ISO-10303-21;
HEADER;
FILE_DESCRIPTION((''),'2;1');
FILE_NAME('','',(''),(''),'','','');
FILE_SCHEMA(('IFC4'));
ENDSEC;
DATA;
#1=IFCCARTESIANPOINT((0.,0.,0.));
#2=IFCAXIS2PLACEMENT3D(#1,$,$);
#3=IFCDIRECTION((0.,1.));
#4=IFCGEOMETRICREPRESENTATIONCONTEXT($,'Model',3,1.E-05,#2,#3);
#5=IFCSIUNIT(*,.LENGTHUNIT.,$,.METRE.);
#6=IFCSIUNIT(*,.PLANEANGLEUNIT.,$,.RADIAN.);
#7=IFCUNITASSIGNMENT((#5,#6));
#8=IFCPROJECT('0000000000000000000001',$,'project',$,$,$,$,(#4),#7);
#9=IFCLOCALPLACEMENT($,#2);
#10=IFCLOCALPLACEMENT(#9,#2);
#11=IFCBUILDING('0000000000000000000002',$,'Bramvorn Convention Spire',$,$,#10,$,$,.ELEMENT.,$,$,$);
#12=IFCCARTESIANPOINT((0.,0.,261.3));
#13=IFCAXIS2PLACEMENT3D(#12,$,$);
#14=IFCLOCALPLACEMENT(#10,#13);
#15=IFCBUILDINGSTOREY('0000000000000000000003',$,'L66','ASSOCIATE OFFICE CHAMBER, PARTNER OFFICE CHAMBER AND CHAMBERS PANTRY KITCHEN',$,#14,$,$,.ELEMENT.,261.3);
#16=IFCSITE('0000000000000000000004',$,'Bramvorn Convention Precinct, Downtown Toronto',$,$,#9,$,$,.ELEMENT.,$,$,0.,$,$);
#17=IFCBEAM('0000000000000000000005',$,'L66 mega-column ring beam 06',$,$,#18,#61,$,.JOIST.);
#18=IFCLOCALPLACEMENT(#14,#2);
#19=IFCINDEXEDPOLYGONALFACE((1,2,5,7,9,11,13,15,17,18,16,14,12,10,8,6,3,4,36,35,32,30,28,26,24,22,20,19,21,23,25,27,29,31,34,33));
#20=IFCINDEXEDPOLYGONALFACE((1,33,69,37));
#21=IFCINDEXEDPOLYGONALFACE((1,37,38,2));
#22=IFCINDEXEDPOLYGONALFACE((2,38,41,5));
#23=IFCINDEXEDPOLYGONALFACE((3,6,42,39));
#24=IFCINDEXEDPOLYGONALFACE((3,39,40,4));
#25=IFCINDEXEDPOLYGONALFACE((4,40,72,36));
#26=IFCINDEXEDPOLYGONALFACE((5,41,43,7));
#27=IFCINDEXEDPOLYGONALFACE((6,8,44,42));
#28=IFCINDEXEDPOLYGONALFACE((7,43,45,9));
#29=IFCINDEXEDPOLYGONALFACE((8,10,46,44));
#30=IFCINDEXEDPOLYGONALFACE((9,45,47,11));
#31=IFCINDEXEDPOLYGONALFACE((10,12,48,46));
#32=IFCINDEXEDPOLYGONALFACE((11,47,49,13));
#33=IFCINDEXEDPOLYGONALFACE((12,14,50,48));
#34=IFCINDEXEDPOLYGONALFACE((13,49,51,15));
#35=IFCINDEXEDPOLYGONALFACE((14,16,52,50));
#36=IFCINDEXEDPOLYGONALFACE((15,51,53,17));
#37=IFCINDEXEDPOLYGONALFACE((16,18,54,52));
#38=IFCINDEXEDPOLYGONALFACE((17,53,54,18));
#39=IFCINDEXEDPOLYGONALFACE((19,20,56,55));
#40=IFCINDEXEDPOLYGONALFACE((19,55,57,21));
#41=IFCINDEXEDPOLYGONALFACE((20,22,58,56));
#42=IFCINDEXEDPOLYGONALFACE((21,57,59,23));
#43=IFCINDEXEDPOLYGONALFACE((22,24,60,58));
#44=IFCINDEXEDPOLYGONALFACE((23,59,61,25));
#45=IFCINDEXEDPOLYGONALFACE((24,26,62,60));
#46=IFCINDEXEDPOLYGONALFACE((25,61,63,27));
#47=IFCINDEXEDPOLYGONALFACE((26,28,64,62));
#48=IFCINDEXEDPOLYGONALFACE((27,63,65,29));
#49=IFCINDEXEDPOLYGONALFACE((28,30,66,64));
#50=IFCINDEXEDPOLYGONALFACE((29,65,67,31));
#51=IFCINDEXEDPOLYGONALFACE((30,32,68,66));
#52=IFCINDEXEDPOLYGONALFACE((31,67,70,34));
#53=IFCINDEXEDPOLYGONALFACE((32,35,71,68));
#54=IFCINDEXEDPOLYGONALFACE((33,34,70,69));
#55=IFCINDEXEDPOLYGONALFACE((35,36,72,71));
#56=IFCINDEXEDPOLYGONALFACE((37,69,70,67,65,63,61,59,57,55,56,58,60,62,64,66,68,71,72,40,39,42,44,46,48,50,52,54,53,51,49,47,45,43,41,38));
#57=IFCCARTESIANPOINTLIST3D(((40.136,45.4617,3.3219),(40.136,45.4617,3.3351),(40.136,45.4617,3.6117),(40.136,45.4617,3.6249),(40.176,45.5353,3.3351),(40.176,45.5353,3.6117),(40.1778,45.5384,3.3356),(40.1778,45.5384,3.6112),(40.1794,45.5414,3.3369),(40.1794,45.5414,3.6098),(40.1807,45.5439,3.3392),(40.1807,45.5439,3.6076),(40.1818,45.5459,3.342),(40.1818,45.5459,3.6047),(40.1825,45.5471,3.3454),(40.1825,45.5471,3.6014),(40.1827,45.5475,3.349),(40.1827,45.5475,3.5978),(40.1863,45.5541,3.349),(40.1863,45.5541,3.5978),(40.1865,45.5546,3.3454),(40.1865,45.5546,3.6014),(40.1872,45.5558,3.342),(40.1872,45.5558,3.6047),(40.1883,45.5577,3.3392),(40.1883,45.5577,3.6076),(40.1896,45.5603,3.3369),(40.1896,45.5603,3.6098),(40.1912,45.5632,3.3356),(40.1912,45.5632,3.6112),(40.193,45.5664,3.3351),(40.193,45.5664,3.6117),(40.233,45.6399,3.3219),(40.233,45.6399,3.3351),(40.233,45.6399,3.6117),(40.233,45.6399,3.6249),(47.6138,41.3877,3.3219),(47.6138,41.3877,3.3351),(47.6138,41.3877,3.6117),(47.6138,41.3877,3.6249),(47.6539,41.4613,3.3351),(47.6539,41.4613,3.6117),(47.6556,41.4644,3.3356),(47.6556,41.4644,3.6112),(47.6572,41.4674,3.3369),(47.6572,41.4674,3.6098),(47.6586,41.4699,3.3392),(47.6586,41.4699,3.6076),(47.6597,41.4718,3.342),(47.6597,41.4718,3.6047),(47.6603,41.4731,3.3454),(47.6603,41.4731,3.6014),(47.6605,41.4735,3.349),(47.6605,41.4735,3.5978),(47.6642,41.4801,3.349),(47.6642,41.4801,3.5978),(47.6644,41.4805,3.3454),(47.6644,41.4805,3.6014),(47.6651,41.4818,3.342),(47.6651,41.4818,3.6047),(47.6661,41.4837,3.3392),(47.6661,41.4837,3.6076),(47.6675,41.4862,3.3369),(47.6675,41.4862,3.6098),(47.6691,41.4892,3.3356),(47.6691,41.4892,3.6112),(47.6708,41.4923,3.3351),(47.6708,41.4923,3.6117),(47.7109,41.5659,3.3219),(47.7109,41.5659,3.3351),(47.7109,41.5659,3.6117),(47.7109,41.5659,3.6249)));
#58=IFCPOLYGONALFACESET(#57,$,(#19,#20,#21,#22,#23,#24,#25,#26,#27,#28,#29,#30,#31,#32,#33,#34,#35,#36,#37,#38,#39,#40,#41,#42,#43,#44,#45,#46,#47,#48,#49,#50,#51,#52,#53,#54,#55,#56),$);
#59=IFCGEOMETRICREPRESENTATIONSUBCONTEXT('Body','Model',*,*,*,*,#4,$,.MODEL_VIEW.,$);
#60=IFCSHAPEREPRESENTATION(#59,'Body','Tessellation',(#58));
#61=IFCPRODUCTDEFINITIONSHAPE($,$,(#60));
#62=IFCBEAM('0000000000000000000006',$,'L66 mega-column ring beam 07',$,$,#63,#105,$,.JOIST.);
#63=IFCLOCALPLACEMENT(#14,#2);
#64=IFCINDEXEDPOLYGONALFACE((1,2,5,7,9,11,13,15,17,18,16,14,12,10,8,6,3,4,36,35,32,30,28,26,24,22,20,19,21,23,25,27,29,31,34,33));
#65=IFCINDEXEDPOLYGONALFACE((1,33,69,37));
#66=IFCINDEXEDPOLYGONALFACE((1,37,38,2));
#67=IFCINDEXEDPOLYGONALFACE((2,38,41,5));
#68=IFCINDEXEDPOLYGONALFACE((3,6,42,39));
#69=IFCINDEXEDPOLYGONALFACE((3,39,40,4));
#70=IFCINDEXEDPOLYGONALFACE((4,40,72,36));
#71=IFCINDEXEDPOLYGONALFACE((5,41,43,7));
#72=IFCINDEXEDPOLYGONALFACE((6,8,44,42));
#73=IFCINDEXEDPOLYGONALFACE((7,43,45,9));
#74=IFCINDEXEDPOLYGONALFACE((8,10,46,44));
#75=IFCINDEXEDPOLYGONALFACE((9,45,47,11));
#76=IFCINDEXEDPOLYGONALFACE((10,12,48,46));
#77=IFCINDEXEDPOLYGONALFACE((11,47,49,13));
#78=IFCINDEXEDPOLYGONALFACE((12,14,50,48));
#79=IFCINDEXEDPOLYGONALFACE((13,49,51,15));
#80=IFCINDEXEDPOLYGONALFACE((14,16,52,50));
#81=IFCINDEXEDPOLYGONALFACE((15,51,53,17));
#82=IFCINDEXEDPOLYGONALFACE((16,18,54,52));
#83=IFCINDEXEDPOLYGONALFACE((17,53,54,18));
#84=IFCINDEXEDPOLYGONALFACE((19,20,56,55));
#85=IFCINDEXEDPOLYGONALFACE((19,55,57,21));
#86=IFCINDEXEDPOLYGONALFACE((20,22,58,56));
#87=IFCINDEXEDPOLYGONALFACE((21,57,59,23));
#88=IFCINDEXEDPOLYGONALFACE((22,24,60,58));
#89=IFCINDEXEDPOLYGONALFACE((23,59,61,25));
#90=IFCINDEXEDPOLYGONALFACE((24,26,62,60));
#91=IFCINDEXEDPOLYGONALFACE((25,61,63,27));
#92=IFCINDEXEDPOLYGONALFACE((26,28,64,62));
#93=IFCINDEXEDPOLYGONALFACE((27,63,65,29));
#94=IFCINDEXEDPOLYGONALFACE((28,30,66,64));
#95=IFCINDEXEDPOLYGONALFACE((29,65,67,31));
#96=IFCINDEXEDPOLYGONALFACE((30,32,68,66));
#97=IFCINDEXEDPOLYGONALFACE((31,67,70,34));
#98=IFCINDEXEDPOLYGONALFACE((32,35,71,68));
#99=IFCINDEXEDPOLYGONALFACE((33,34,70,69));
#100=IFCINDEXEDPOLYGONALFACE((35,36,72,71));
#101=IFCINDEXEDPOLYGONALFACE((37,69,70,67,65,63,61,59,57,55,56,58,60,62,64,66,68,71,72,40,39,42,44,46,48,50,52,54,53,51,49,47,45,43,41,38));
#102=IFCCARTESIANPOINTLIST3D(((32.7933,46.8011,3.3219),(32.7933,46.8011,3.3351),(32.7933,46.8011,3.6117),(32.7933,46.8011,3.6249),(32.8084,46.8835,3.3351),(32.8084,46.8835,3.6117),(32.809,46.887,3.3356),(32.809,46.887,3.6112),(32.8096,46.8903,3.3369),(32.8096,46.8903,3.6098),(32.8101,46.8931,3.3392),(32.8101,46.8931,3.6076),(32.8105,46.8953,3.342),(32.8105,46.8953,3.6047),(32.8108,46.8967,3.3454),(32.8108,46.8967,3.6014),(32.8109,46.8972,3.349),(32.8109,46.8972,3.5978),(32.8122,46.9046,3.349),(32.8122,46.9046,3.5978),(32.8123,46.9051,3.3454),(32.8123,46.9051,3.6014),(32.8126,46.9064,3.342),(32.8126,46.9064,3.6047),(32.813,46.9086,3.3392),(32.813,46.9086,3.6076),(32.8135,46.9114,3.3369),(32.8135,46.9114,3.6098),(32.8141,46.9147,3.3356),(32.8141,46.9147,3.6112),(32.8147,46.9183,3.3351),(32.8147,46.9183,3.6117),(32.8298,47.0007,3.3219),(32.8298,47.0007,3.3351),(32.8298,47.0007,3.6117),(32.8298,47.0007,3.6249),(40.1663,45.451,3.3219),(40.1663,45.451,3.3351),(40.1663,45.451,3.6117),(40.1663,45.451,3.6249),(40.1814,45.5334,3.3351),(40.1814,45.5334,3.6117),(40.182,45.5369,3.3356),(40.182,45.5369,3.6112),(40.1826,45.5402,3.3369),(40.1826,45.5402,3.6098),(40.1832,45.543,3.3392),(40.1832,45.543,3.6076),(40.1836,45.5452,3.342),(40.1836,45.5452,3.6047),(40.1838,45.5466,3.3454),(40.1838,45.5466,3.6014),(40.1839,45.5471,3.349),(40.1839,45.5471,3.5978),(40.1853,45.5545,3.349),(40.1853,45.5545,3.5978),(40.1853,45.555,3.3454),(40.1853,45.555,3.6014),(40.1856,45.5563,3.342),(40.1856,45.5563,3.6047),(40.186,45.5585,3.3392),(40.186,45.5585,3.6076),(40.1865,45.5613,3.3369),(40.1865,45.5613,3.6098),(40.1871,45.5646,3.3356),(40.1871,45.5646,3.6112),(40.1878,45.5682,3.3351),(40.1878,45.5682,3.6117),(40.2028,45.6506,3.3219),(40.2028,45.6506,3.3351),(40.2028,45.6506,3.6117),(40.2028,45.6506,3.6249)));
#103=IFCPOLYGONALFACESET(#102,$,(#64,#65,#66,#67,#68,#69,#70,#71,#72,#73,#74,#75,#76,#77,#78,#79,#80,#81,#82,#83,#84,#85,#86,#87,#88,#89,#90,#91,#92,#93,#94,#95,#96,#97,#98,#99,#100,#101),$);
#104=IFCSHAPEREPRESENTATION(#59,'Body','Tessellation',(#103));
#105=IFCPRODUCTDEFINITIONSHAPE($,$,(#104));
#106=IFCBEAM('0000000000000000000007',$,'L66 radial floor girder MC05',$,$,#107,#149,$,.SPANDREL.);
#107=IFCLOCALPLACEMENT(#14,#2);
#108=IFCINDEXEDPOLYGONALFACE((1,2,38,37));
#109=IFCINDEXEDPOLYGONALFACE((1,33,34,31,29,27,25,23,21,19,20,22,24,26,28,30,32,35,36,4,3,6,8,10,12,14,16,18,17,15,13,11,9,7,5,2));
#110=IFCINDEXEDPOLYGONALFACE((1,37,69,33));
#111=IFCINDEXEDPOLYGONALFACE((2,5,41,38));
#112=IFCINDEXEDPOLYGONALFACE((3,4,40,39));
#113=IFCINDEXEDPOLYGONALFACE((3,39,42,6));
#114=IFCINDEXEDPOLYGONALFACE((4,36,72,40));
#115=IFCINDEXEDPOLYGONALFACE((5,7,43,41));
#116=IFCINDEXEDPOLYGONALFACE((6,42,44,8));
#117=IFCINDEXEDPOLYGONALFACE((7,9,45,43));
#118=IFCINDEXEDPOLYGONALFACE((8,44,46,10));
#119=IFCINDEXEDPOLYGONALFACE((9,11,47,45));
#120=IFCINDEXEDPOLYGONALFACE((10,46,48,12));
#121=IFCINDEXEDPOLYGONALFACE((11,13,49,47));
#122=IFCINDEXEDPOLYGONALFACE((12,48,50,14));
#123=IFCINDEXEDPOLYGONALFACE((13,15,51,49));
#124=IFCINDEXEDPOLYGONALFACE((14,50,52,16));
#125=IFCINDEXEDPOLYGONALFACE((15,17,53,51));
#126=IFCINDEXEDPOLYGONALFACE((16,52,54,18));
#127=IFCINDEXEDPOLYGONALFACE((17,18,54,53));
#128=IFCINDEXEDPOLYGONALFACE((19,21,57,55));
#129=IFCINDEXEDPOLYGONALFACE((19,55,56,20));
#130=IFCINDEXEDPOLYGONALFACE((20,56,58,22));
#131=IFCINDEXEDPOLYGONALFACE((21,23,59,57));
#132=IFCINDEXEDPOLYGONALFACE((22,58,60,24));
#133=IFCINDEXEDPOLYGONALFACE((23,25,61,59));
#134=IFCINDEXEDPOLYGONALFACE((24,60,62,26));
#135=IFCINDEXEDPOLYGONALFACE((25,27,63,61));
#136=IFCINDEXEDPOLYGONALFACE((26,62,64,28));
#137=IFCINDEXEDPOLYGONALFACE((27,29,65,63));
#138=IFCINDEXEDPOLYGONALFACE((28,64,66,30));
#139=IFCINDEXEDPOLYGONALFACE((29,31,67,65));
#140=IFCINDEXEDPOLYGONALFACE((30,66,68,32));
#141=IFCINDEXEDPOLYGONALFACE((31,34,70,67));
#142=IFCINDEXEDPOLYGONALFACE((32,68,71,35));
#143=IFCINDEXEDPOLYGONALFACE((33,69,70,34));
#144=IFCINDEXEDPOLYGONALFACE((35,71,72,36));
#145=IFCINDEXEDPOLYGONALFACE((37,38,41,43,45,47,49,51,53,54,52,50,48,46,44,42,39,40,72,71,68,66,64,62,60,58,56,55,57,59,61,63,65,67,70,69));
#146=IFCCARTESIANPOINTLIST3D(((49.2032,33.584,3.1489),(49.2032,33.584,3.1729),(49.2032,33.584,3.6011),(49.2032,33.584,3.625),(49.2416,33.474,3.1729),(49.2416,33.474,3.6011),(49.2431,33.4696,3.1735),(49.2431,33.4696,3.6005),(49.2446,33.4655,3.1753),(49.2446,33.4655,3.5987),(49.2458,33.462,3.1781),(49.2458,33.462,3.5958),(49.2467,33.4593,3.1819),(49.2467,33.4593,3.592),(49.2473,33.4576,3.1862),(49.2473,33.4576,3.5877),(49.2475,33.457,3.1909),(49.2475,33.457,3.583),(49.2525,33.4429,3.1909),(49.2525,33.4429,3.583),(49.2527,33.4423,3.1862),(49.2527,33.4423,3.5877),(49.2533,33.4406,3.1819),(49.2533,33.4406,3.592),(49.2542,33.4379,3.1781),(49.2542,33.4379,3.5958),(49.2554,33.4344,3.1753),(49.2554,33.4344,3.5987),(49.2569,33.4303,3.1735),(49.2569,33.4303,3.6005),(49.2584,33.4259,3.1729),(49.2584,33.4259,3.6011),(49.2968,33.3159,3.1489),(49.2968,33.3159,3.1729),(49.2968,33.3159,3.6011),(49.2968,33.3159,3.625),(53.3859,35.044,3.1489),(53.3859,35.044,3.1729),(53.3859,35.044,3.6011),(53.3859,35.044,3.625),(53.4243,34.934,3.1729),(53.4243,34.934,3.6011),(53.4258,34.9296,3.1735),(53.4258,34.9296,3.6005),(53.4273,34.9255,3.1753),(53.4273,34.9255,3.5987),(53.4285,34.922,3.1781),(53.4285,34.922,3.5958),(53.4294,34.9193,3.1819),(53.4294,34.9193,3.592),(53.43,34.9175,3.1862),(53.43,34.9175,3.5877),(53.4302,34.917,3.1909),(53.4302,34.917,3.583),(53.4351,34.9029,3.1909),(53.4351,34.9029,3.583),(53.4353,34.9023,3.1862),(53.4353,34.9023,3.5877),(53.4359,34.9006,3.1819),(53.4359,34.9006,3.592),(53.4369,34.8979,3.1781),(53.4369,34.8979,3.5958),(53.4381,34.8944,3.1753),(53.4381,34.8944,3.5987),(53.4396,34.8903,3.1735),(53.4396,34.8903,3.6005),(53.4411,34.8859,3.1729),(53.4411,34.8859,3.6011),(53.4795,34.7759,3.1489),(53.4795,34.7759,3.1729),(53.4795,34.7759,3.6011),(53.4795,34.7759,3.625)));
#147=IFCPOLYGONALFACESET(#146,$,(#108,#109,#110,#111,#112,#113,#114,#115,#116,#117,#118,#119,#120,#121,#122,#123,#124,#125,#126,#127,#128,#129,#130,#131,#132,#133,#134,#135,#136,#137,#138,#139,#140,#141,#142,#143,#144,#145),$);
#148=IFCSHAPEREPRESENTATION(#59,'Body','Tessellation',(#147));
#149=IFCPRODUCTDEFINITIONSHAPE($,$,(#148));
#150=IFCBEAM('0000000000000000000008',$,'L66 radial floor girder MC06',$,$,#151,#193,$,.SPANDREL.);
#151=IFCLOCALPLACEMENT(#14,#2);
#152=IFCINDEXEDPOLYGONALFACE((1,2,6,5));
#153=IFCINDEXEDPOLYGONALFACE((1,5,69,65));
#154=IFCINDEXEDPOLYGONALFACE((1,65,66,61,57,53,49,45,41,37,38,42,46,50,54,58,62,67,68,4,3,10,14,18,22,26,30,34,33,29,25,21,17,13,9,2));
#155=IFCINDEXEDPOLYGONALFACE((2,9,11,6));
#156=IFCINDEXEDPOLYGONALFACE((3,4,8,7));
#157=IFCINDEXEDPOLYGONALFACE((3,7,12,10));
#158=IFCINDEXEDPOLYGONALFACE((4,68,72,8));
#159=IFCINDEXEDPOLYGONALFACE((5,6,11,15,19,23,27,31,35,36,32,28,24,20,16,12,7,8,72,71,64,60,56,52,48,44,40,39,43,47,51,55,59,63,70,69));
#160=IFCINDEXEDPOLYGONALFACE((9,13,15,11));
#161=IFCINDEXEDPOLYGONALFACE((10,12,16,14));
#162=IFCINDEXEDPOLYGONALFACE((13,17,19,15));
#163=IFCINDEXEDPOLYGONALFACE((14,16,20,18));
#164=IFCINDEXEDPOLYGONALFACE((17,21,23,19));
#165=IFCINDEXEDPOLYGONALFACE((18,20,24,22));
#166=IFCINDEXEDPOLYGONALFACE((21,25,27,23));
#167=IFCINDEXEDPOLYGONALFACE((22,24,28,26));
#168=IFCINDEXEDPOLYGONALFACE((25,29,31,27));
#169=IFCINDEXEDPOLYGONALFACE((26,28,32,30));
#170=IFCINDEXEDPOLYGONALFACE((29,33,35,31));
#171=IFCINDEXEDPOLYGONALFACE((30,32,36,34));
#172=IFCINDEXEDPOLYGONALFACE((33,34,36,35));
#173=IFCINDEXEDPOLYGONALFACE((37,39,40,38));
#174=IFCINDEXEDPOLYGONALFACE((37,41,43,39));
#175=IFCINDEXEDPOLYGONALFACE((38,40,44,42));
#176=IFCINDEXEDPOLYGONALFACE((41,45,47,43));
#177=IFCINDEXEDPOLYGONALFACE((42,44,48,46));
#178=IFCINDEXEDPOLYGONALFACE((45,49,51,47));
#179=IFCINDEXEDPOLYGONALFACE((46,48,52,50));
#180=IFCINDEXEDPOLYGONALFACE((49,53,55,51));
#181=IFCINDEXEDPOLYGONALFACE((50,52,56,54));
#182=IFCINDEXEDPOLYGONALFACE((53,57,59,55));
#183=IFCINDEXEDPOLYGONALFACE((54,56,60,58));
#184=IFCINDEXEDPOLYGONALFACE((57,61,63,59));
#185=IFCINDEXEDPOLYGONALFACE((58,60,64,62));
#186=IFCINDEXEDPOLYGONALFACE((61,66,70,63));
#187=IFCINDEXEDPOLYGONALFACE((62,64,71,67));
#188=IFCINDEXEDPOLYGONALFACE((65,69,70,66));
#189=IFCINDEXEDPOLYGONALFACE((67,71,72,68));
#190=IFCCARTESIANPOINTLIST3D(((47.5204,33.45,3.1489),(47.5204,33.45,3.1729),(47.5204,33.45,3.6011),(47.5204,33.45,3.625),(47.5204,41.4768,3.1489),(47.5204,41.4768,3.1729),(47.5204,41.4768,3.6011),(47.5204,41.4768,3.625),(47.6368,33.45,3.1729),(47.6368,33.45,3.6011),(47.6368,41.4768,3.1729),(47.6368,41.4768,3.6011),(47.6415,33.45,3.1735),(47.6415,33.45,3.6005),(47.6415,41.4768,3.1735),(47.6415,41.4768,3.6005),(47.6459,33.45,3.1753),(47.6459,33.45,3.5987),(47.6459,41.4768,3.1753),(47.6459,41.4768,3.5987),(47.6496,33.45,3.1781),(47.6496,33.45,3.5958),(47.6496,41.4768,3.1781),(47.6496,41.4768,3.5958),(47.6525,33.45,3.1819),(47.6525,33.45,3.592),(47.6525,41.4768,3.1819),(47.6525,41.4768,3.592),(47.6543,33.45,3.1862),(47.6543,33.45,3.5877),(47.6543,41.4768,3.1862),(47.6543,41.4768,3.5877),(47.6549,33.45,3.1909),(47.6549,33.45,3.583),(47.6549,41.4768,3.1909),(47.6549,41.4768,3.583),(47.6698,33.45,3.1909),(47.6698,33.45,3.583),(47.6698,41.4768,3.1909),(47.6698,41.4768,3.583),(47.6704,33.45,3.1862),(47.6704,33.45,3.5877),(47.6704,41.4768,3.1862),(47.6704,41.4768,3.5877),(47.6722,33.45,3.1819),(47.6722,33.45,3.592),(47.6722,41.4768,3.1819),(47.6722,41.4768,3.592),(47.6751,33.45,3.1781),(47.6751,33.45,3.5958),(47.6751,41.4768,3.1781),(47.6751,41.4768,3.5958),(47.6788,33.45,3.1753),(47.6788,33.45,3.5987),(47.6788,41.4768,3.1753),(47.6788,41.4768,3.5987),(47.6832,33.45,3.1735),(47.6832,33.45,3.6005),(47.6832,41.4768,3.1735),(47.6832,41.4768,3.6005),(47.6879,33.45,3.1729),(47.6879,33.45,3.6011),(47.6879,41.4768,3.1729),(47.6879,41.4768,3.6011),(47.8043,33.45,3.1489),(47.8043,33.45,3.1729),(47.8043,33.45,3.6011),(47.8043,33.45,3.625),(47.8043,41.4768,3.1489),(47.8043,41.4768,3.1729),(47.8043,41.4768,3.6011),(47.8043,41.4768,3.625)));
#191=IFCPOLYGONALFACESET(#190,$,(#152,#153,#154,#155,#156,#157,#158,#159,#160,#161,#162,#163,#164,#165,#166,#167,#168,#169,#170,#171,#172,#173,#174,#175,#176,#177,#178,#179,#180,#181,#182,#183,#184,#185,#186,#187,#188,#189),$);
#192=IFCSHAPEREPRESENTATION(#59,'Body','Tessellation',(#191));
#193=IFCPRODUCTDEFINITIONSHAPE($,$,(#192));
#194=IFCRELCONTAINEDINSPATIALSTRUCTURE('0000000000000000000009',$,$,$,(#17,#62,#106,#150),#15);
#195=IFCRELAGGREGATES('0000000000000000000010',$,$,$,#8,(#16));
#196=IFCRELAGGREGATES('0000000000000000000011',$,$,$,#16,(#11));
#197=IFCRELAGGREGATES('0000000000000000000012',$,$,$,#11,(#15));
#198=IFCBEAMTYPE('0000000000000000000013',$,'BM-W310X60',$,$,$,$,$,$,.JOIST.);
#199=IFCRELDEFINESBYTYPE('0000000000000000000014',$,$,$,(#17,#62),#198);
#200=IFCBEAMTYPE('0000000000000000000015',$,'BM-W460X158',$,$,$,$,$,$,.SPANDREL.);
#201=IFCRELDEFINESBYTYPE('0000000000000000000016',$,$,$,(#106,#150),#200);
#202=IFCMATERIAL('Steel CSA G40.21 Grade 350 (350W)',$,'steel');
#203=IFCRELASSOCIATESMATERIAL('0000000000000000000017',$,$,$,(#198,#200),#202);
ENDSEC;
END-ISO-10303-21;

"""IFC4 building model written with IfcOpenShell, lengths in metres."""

from ifc_helpers import new_model, si_unit, direction, frame, origin, origin_2d, place, context, subcontext, project, spatial, i_section, extrude, material, material_profile, profile_set, type_object, element, save


model = new_model("IFC4")

# Units and contexts
model_context = context("Model", 3, precision=1e-05, world=origin(), true_north=direction((0.0, 1.0)))
body_context = subcontext(model_context, "Body", "Model", "MODEL_VIEW")
ifc_project = project(units=[si_unit("LENGTHUNIT", "METRE"), si_unit("PLANEANGLEUNIT", "RADIAN")], contexts=[model_context])

# Site, building, storey
site_placement = place(None, origin())
site = spatial("IfcSite", under=ifc_project, at=site_placement, Name="Bramvorn Convention Precinct, Downtown Toronto", CompositionType="ELEMENT", RefElevation=0.0)
building_placement = place(site_placement, origin())
building = spatial("IfcBuilding", under=site, at=building_placement, Name="Bramvorn Convention Spire", CompositionType="ELEMENT")
storey_placement = place(building_placement, frame((0.0, 0.0, 261.3)))
storey = spatial("IfcBuildingStorey", under=building, at=storey_placement, Name="L66", Description="ASSOCIATE OFFICE CHAMBER, PARTNER OFFICE CHAMBER AND CHAMBERS PANTRY KITCHEN", CompositionType="ELEMENT", Elevation=261.3)

# Shared definitions
ifc_material_1 = material(Name="Steel CSA G40.21 Grade 350 (350W)", Category="steel")

# Beams
ifc_material_profile_1 = material_profile(ifc_material_1, i_section(OverallWidth=0.2029, OverallDepth=0.303, WebThickness=0.0076, FlangeThickness=0.0132, FilletRadius=0.0139, at=origin_2d()))
ifc_profile_set_1 = profile_set([ifc_material_profile_1], Name="Steel CSA G40.21 Grade 350 (350W) - W310X60")
beam_type_1 = type_object("IfcBeamType", Name="BM-W310X60", PredefinedType="JOIST", material=ifc_profile_set_1)
beam_1_placement = place(storey_placement, frame((47.6624, 41.4768, 3.4734), z_axis=(-0.878133, 0.478416, 0.0), x_axis=(-0.478416, -0.878133, 0.0)))
element("IfcBeam", 1, at=beam_1_placement, inside=storey, type_object=beam_type_1, Name="L66 mega-column ring beam 06", PredefinedType="JOIST", context=body_context, shape_type="SweptSolid", body=[
    extrude(i_section(OverallWidth=0.2029, OverallDepth=0.303, WebThickness=0.0076, FlangeThickness=0.0132, FilletRadius=0.0139, at=origin_2d()), origin(), (0.0, 0.0, 1.0), 8.5156),
])
beam_2_placement = place(storey_placement, frame((40.1846, 45.5508, 3.4734), z_axis=(-0.983645, 0.180118, 0.0), x_axis=(-0.180118, -0.983645, 0.0)))
element("IfcBeam", 2, at=beam_2_placement, inside=storey, type_object=beam_type_1, Name="L66 mega-column ring beam 07", PredefinedType="JOIST", context=body_context, shape_type="SweptSolid", body=[
    extrude(i_section(OverallWidth=0.2029, OverallDepth=0.303, WebThickness=0.0076, FlangeThickness=0.0132, FilletRadius=0.0139, at=origin_2d()), origin(), (0.0, 0.0, 1.0), 7.4956),
])
ifc_material_profile_2 = material_profile(ifc_material_1, i_section(OverallWidth=0.2839, OverallDepth=0.4761, WebThickness=0.0149, FlangeThickness=0.0239, FilletRadius=0.0181, at=origin_2d()))
ifc_profile_set_2 = profile_set([ifc_material_profile_2], Name="Steel CSA G40.21 Grade 350 (350W) - W460X158")
beam_type_2 = type_object("IfcBeamType", Name="BM-W460X158", PredefinedType="SPANDREL", material=ifc_profile_set_2)
beam_3_placement = place(storey_placement, frame((49.25, 33.45, 3.387), z_axis=(0.944136, 0.329555, 0.0), x_axis=(-0.329555, 0.944136, 0.0)))
element("IfcBeam", 3, at=beam_3_placement, inside=storey, type_object=beam_type_2, Name="L66 radial floor girder MC05", PredefinedType="SPANDREL", context=body_context, shape_type="SweptSolid", body=[
    extrude(i_section(OverallWidth=0.2839, OverallDepth=0.4761, WebThickness=0.0149, FlangeThickness=0.0239, FilletRadius=0.0181, at=origin_2d()), origin(), (0.0, 0.0, 1.0), 4.4302),
])
beam_4_placement = place(storey_placement, frame((47.6624, 33.45, 3.387), z_axis=(0.0, 1.0, 0.0), x_axis=(-1.0, 0.0, 0.0)))
element("IfcBeam", 4, at=beam_4_placement, inside=storey, type_object=beam_type_2, Name="L66 radial floor girder MC06", PredefinedType="SPANDREL", context=body_context, shape_type="SweptSolid", body=[
    extrude(i_section(OverallWidth=0.2839, OverallDepth=0.4761, WebThickness=0.0149, FlangeThickness=0.0239, FilletRadius=0.0181, at=origin_2d()), origin(), (0.0, 0.0, 1.0), 8.0269),
])

save(model, "model.ifc")
